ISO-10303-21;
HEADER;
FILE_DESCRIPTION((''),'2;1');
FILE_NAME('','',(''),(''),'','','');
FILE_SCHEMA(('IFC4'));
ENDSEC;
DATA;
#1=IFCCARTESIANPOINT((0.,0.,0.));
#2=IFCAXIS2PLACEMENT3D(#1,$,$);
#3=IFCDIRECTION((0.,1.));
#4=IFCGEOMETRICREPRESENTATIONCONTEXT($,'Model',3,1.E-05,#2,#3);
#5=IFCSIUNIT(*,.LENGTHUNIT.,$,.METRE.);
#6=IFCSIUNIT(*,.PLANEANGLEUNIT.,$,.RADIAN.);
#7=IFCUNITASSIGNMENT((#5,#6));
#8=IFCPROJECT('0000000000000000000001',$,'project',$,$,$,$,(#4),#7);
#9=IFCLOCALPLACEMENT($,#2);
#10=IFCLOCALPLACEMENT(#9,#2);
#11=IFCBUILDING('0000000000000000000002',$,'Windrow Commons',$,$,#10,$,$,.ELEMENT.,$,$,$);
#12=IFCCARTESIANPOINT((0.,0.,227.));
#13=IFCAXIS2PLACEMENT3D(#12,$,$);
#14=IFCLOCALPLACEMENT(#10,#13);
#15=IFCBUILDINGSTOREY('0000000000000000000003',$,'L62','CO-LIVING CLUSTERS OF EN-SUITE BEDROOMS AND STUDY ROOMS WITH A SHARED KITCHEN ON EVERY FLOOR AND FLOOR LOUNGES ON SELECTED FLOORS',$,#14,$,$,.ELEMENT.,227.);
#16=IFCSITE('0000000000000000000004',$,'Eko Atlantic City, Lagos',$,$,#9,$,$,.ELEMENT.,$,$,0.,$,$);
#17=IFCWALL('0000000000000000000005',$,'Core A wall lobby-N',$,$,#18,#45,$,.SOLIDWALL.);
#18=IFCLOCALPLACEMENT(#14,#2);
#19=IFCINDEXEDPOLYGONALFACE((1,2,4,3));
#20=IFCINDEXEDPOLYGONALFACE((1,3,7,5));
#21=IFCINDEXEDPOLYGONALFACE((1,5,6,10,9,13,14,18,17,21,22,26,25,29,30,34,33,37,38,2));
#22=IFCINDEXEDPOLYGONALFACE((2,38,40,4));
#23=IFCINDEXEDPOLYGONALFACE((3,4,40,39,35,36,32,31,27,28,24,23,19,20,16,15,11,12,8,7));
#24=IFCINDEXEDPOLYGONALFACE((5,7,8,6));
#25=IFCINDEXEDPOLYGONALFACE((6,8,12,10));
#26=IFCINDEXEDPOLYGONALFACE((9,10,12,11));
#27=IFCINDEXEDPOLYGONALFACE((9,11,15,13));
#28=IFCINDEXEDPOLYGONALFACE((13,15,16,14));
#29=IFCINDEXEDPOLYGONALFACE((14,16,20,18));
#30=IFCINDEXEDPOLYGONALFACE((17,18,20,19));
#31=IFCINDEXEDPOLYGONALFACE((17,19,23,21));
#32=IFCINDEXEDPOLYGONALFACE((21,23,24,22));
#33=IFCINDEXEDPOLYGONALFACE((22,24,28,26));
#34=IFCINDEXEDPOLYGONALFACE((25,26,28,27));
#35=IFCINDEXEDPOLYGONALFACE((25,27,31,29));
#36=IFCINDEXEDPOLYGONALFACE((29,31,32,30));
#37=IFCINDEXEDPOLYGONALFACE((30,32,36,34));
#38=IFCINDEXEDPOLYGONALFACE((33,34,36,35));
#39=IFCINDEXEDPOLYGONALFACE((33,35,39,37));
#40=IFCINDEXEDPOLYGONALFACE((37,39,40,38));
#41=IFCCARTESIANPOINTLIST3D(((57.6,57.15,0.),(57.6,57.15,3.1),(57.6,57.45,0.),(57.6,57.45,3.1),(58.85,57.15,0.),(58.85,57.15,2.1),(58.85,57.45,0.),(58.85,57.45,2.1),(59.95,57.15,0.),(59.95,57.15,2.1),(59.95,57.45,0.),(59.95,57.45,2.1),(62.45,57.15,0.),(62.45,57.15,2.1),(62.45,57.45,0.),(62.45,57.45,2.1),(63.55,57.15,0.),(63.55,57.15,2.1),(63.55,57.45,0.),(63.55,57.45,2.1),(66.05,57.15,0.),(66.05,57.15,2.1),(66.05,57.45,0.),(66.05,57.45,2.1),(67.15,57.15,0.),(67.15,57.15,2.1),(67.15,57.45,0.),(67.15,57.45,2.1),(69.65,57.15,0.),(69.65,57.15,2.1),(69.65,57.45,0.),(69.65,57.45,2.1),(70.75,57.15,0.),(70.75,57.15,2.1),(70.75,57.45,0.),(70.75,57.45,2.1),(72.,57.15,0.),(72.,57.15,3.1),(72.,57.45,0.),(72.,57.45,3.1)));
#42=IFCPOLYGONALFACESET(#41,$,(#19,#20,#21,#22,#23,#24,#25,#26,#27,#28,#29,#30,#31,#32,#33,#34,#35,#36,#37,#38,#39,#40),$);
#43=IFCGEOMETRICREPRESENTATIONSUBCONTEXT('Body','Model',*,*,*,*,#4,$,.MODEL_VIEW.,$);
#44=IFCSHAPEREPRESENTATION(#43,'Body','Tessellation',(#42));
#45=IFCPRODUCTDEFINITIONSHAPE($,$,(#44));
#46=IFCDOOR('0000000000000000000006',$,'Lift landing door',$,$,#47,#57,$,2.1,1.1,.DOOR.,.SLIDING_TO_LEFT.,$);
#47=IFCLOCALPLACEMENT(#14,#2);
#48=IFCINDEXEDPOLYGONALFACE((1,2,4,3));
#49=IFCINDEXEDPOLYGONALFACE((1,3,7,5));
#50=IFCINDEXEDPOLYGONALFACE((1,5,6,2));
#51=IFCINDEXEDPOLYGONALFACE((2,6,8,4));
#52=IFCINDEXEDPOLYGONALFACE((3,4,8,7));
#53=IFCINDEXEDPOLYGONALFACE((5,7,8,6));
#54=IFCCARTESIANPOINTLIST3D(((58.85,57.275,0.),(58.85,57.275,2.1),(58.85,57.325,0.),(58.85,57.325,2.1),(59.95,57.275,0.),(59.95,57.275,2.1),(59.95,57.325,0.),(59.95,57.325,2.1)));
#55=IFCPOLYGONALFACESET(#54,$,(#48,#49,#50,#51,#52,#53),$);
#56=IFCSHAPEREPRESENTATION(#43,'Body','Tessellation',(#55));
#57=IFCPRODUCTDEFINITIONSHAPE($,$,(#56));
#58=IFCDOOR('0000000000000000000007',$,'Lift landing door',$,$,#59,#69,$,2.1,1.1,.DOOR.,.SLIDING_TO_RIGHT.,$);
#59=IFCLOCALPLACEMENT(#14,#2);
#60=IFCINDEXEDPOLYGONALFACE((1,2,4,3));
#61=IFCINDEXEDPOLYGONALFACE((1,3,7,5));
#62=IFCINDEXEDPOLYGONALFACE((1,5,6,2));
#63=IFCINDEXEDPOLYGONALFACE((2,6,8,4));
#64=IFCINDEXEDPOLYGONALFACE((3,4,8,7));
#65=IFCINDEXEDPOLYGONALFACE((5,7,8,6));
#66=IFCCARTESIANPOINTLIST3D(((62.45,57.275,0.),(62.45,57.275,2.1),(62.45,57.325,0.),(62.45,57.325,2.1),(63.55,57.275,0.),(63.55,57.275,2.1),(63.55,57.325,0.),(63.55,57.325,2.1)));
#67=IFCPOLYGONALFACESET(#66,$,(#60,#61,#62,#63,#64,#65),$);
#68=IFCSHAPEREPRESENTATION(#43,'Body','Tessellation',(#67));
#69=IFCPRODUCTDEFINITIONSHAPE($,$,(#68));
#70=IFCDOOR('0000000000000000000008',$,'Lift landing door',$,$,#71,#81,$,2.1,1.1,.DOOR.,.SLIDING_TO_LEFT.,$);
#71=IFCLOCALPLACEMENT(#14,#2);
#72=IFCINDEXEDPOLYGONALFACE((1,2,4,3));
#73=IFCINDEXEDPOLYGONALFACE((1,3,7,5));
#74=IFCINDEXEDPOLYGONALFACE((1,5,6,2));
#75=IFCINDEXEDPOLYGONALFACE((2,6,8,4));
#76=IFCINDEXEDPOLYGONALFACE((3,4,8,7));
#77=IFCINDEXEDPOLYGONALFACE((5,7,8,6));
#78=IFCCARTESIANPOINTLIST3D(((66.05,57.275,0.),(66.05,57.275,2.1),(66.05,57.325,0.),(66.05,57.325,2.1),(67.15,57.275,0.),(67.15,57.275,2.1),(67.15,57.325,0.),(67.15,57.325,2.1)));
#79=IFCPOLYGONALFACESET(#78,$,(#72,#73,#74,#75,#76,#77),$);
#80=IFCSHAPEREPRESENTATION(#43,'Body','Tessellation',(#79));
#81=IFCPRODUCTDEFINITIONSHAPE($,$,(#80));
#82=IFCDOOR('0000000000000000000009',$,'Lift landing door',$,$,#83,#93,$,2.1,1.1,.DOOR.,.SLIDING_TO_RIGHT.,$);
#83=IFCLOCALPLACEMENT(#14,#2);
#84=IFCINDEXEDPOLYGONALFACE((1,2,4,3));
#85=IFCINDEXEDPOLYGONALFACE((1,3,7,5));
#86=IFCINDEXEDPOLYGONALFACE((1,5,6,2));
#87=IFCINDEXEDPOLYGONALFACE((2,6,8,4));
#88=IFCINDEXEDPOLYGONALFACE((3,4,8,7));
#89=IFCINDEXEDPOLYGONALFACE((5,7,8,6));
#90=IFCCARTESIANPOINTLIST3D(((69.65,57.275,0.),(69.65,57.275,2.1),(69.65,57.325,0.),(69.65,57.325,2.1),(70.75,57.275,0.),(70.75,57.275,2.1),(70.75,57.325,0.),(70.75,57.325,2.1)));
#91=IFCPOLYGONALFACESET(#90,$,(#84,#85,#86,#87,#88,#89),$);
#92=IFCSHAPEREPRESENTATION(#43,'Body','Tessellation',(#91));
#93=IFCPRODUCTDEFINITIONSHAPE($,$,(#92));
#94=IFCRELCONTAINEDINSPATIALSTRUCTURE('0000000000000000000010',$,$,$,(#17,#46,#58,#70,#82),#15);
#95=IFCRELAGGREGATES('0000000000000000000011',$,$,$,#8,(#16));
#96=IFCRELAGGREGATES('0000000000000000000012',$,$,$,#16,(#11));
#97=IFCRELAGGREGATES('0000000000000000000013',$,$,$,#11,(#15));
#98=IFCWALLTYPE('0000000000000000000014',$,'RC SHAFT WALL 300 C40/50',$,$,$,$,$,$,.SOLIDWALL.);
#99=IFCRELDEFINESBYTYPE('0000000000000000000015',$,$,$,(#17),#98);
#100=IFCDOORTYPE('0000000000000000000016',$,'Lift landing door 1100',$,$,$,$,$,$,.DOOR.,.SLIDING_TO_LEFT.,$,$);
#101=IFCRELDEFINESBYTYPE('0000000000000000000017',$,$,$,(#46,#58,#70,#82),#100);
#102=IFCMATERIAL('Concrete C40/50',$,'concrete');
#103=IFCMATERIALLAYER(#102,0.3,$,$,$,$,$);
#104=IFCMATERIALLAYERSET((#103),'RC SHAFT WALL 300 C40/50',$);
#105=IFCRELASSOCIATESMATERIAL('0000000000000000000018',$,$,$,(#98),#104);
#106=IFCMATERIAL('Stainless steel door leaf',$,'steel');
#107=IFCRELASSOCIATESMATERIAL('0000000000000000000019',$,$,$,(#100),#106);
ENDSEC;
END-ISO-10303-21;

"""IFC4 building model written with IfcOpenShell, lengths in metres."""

from ifc_helpers import new_model, si_unit, direction, frame, frame_2d, origin, place, context, subcontext, project, spatial, rectangle, extrude, material, layer, layer_set, type_object, element, fill, save


model = new_model("IFC4")

# Units and contexts
model_context = context("Model", 3, precision=1e-05, world=origin(), true_north=direction((0.0, 1.0)))
body_context = subcontext(model_context, "Body", "Model", "MODEL_VIEW")
ifc_project = project(units=[si_unit("LENGTHUNIT", "METRE"), si_unit("PLANEANGLEUNIT", "RADIAN")], contexts=[model_context])

# Site, building, storey
site_placement = place(None, origin())
site = spatial("IfcSite", under=ifc_project, at=site_placement, Name="Eko Atlantic City, Lagos", CompositionType="ELEMENT", RefElevation=0.0)
building_placement = place(site_placement, origin())
building = spatial("IfcBuilding", under=site, at=building_placement, Name="Windrow Commons", CompositionType="ELEMENT")
storey_placement = place(building_placement, frame((0.0, 0.0, 227.0)))
storey = spatial("IfcBuildingStorey", under=building, at=storey_placement, Name="L62", Description="CO-LIVING CLUSTERS OF EN-SUITE BEDROOMS AND STUDY ROOMS WITH A SHARED KITCHEN ON EVERY FLOOR AND FLOOR LOUNGES ON SELECTED FLOORS", CompositionType="ELEMENT", Elevation=227.0)

# Wall, openings, doors
ifc_material_1 = material(Name="Concrete C40/50", Category="concrete")
ifc_layer_1 = layer(ifc_material_1, 0.3)
ifc_layer_set_1 = layer_set([ifc_layer_1], Name="RC SHAFT WALL 300 C40/50")
wall_type_1 = type_object("IfcWallType", Name="RC SHAFT WALL 300 C40/50", PredefinedType="SOLIDWALL", material=ifc_layer_set_1)
ifc_material_2 = material(Name="Stainless steel door leaf", Category="steel")
door_type_1 = type_object("IfcDoorType", Name="Lift landing door 1100", OperationType="SLIDING_TO_LEFT", PredefinedType="DOOR", material=ifc_material_2)
wall_1_placement = place(storey_placement, frame((57.6, 57.3, 0.0), z_axis=(0.0, 0.0, 1.0), x_axis=(1.0, 0.0, 0.0)))
wall_1 = element("IfcWall", 1, at=wall_1_placement, inside=storey, type_object=wall_type_1, Name="Core A wall lobby-N", PredefinedType="SOLIDWALL", context=body_context, shape_type="SweptSolid", body=[
    extrude(rectangle(XDim=14.4, YDim=0.3, at=frame_2d((7.2, 0.0))), origin(), (0.0, 0.0, 1.0), 3.1),
])
opening_1_placement = place(wall_1_placement, frame((1.25, 0.0, 0.0)))
opening_1 = element("IfcOpeningElement", 2, at=opening_1_placement, cuts=wall_1, PredefinedType="OPENING", context=body_context, shape_type="SweptSolid", body=[
    extrude(rectangle(XDim=1.1, YDim=2.1, at=frame_2d((0.55, 1.05))), frame((0.0, 0.16, 0.0), z_axis=(0.0, -1.0, 0.0), x_axis=(1.0, 0.0, 0.0)), (0.0, 0.0, 1.0), 0.32),
])
opening_2_placement = place(wall_1_placement, frame((4.85, 0.0, 0.0)))
opening_2 = element("IfcOpeningElement", 3, at=opening_2_placement, cuts=wall_1, PredefinedType="OPENING", context=body_context, shape_type="SweptSolid", body=[
    extrude(rectangle(XDim=1.1, YDim=2.1, at=frame_2d((0.55, 1.05))), frame((0.0, 0.16, 0.0), z_axis=(0.0, -1.0, 0.0), x_axis=(1.0, 0.0, 0.0)), (0.0, 0.0, 1.0), 0.32),
])
opening_3_placement = place(wall_1_placement, frame((8.45, 0.0, 0.0)))
opening_3 = element("IfcOpeningElement", 4, at=opening_3_placement, cuts=wall_1, PredefinedType="OPENING", context=body_context, shape_type="SweptSolid", body=[
    extrude(rectangle(XDim=1.1, YDim=2.1, at=frame_2d((0.55, 1.05))), frame((0.0, 0.16, 0.0), z_axis=(0.0, -1.0, 0.0), x_axis=(1.0, 0.0, 0.0)), (0.0, 0.0, 1.0), 0.32),
])
opening_4_placement = place(wall_1_placement, frame((12.05, 0.0, 0.0)))
opening_4 = element("IfcOpeningElement", 5, at=opening_4_placement, cuts=wall_1, PredefinedType="OPENING", context=body_context, shape_type="SweptSolid", body=[
    extrude(rectangle(XDim=1.1, YDim=2.1, at=frame_2d((0.55, 1.05))), frame((0.0, 0.16, 0.0), z_axis=(0.0, -1.0, 0.0), x_axis=(1.0, 0.0, 0.0)), (0.0, 0.0, 1.0), 0.32),
])
door_1_placement = place(opening_1_placement, origin())
door_1 = element("IfcDoor", 6, at=door_1_placement, inside=storey, type_object=door_type_1, Name="Lift landing door", OperationType="SLIDING_TO_LEFT", OverallHeight=2.1, OverallWidth=1.1, PredefinedType="DOOR", context=body_context, shape_type="SweptSolid", body=[
    extrude(rectangle(XDim=1.1, YDim=2.1, at=frame_2d((0.55, 1.05))), frame((0.0, 0.025, 0.0), z_axis=(0.0, -1.0, 0.0), x_axis=(1.0, 0.0, 0.0)), (0.0, 0.0, 1.0), 0.05),
])
fill(opening_1, door_1)
door_2_placement = place(opening_2_placement, origin())
door_2 = element("IfcDoor", 7, at=door_2_placement, inside=storey, type_object=door_type_1, Name="Lift landing door", OperationType="SLIDING_TO_RIGHT", OverallHeight=2.1, OverallWidth=1.1, PredefinedType="DOOR", context=body_context, shape_type="SweptSolid", body=[
    extrude(rectangle(XDim=1.1, YDim=2.1, at=frame_2d((0.55, 1.05))), frame((0.0, 0.025, 0.0), z_axis=(0.0, -1.0, 0.0), x_axis=(1.0, 0.0, 0.0)), (0.0, 0.0, 1.0), 0.05),
])
fill(opening_2, door_2)
door_3_placement = place(opening_3_placement, origin())
door_3 = element("IfcDoor", 8, at=door_3_placement, inside=storey, type_object=door_type_1, Name="Lift landing door", OperationType="SLIDING_TO_LEFT", OverallHeight=2.1, OverallWidth=1.1, PredefinedType="DOOR", context=body_context, shape_type="SweptSolid", body=[
    extrude(rectangle(XDim=1.1, YDim=2.1, at=frame_2d((0.55, 1.05))), frame((0.0, 0.025, 0.0), z_axis=(0.0, -1.0, 0.0), x_axis=(1.0, 0.0, 0.0)), (0.0, 0.0, 1.0), 0.05),
])
fill(opening_3, door_3)
door_4_placement = place(opening_4_placement, origin())
door_4 = element("IfcDoor", 9, at=door_4_placement, inside=storey, type_object=door_type_1, Name="Lift landing door", OperationType="SLIDING_TO_RIGHT", OverallHeight=2.1, OverallWidth=1.1, PredefinedType="DOOR", context=body_context, shape_type="SweptSolid", body=[
    extrude(rectangle(XDim=1.1, YDim=2.1, at=frame_2d((0.55, 1.05))), frame((0.0, 0.025, 0.0), z_axis=(0.0, -1.0, 0.0), x_axis=(1.0, 0.0, 0.0)), (0.0, 0.0, 1.0), 0.05),
])
fill(opening_4, door_4)

save(model, "model.ifc")
